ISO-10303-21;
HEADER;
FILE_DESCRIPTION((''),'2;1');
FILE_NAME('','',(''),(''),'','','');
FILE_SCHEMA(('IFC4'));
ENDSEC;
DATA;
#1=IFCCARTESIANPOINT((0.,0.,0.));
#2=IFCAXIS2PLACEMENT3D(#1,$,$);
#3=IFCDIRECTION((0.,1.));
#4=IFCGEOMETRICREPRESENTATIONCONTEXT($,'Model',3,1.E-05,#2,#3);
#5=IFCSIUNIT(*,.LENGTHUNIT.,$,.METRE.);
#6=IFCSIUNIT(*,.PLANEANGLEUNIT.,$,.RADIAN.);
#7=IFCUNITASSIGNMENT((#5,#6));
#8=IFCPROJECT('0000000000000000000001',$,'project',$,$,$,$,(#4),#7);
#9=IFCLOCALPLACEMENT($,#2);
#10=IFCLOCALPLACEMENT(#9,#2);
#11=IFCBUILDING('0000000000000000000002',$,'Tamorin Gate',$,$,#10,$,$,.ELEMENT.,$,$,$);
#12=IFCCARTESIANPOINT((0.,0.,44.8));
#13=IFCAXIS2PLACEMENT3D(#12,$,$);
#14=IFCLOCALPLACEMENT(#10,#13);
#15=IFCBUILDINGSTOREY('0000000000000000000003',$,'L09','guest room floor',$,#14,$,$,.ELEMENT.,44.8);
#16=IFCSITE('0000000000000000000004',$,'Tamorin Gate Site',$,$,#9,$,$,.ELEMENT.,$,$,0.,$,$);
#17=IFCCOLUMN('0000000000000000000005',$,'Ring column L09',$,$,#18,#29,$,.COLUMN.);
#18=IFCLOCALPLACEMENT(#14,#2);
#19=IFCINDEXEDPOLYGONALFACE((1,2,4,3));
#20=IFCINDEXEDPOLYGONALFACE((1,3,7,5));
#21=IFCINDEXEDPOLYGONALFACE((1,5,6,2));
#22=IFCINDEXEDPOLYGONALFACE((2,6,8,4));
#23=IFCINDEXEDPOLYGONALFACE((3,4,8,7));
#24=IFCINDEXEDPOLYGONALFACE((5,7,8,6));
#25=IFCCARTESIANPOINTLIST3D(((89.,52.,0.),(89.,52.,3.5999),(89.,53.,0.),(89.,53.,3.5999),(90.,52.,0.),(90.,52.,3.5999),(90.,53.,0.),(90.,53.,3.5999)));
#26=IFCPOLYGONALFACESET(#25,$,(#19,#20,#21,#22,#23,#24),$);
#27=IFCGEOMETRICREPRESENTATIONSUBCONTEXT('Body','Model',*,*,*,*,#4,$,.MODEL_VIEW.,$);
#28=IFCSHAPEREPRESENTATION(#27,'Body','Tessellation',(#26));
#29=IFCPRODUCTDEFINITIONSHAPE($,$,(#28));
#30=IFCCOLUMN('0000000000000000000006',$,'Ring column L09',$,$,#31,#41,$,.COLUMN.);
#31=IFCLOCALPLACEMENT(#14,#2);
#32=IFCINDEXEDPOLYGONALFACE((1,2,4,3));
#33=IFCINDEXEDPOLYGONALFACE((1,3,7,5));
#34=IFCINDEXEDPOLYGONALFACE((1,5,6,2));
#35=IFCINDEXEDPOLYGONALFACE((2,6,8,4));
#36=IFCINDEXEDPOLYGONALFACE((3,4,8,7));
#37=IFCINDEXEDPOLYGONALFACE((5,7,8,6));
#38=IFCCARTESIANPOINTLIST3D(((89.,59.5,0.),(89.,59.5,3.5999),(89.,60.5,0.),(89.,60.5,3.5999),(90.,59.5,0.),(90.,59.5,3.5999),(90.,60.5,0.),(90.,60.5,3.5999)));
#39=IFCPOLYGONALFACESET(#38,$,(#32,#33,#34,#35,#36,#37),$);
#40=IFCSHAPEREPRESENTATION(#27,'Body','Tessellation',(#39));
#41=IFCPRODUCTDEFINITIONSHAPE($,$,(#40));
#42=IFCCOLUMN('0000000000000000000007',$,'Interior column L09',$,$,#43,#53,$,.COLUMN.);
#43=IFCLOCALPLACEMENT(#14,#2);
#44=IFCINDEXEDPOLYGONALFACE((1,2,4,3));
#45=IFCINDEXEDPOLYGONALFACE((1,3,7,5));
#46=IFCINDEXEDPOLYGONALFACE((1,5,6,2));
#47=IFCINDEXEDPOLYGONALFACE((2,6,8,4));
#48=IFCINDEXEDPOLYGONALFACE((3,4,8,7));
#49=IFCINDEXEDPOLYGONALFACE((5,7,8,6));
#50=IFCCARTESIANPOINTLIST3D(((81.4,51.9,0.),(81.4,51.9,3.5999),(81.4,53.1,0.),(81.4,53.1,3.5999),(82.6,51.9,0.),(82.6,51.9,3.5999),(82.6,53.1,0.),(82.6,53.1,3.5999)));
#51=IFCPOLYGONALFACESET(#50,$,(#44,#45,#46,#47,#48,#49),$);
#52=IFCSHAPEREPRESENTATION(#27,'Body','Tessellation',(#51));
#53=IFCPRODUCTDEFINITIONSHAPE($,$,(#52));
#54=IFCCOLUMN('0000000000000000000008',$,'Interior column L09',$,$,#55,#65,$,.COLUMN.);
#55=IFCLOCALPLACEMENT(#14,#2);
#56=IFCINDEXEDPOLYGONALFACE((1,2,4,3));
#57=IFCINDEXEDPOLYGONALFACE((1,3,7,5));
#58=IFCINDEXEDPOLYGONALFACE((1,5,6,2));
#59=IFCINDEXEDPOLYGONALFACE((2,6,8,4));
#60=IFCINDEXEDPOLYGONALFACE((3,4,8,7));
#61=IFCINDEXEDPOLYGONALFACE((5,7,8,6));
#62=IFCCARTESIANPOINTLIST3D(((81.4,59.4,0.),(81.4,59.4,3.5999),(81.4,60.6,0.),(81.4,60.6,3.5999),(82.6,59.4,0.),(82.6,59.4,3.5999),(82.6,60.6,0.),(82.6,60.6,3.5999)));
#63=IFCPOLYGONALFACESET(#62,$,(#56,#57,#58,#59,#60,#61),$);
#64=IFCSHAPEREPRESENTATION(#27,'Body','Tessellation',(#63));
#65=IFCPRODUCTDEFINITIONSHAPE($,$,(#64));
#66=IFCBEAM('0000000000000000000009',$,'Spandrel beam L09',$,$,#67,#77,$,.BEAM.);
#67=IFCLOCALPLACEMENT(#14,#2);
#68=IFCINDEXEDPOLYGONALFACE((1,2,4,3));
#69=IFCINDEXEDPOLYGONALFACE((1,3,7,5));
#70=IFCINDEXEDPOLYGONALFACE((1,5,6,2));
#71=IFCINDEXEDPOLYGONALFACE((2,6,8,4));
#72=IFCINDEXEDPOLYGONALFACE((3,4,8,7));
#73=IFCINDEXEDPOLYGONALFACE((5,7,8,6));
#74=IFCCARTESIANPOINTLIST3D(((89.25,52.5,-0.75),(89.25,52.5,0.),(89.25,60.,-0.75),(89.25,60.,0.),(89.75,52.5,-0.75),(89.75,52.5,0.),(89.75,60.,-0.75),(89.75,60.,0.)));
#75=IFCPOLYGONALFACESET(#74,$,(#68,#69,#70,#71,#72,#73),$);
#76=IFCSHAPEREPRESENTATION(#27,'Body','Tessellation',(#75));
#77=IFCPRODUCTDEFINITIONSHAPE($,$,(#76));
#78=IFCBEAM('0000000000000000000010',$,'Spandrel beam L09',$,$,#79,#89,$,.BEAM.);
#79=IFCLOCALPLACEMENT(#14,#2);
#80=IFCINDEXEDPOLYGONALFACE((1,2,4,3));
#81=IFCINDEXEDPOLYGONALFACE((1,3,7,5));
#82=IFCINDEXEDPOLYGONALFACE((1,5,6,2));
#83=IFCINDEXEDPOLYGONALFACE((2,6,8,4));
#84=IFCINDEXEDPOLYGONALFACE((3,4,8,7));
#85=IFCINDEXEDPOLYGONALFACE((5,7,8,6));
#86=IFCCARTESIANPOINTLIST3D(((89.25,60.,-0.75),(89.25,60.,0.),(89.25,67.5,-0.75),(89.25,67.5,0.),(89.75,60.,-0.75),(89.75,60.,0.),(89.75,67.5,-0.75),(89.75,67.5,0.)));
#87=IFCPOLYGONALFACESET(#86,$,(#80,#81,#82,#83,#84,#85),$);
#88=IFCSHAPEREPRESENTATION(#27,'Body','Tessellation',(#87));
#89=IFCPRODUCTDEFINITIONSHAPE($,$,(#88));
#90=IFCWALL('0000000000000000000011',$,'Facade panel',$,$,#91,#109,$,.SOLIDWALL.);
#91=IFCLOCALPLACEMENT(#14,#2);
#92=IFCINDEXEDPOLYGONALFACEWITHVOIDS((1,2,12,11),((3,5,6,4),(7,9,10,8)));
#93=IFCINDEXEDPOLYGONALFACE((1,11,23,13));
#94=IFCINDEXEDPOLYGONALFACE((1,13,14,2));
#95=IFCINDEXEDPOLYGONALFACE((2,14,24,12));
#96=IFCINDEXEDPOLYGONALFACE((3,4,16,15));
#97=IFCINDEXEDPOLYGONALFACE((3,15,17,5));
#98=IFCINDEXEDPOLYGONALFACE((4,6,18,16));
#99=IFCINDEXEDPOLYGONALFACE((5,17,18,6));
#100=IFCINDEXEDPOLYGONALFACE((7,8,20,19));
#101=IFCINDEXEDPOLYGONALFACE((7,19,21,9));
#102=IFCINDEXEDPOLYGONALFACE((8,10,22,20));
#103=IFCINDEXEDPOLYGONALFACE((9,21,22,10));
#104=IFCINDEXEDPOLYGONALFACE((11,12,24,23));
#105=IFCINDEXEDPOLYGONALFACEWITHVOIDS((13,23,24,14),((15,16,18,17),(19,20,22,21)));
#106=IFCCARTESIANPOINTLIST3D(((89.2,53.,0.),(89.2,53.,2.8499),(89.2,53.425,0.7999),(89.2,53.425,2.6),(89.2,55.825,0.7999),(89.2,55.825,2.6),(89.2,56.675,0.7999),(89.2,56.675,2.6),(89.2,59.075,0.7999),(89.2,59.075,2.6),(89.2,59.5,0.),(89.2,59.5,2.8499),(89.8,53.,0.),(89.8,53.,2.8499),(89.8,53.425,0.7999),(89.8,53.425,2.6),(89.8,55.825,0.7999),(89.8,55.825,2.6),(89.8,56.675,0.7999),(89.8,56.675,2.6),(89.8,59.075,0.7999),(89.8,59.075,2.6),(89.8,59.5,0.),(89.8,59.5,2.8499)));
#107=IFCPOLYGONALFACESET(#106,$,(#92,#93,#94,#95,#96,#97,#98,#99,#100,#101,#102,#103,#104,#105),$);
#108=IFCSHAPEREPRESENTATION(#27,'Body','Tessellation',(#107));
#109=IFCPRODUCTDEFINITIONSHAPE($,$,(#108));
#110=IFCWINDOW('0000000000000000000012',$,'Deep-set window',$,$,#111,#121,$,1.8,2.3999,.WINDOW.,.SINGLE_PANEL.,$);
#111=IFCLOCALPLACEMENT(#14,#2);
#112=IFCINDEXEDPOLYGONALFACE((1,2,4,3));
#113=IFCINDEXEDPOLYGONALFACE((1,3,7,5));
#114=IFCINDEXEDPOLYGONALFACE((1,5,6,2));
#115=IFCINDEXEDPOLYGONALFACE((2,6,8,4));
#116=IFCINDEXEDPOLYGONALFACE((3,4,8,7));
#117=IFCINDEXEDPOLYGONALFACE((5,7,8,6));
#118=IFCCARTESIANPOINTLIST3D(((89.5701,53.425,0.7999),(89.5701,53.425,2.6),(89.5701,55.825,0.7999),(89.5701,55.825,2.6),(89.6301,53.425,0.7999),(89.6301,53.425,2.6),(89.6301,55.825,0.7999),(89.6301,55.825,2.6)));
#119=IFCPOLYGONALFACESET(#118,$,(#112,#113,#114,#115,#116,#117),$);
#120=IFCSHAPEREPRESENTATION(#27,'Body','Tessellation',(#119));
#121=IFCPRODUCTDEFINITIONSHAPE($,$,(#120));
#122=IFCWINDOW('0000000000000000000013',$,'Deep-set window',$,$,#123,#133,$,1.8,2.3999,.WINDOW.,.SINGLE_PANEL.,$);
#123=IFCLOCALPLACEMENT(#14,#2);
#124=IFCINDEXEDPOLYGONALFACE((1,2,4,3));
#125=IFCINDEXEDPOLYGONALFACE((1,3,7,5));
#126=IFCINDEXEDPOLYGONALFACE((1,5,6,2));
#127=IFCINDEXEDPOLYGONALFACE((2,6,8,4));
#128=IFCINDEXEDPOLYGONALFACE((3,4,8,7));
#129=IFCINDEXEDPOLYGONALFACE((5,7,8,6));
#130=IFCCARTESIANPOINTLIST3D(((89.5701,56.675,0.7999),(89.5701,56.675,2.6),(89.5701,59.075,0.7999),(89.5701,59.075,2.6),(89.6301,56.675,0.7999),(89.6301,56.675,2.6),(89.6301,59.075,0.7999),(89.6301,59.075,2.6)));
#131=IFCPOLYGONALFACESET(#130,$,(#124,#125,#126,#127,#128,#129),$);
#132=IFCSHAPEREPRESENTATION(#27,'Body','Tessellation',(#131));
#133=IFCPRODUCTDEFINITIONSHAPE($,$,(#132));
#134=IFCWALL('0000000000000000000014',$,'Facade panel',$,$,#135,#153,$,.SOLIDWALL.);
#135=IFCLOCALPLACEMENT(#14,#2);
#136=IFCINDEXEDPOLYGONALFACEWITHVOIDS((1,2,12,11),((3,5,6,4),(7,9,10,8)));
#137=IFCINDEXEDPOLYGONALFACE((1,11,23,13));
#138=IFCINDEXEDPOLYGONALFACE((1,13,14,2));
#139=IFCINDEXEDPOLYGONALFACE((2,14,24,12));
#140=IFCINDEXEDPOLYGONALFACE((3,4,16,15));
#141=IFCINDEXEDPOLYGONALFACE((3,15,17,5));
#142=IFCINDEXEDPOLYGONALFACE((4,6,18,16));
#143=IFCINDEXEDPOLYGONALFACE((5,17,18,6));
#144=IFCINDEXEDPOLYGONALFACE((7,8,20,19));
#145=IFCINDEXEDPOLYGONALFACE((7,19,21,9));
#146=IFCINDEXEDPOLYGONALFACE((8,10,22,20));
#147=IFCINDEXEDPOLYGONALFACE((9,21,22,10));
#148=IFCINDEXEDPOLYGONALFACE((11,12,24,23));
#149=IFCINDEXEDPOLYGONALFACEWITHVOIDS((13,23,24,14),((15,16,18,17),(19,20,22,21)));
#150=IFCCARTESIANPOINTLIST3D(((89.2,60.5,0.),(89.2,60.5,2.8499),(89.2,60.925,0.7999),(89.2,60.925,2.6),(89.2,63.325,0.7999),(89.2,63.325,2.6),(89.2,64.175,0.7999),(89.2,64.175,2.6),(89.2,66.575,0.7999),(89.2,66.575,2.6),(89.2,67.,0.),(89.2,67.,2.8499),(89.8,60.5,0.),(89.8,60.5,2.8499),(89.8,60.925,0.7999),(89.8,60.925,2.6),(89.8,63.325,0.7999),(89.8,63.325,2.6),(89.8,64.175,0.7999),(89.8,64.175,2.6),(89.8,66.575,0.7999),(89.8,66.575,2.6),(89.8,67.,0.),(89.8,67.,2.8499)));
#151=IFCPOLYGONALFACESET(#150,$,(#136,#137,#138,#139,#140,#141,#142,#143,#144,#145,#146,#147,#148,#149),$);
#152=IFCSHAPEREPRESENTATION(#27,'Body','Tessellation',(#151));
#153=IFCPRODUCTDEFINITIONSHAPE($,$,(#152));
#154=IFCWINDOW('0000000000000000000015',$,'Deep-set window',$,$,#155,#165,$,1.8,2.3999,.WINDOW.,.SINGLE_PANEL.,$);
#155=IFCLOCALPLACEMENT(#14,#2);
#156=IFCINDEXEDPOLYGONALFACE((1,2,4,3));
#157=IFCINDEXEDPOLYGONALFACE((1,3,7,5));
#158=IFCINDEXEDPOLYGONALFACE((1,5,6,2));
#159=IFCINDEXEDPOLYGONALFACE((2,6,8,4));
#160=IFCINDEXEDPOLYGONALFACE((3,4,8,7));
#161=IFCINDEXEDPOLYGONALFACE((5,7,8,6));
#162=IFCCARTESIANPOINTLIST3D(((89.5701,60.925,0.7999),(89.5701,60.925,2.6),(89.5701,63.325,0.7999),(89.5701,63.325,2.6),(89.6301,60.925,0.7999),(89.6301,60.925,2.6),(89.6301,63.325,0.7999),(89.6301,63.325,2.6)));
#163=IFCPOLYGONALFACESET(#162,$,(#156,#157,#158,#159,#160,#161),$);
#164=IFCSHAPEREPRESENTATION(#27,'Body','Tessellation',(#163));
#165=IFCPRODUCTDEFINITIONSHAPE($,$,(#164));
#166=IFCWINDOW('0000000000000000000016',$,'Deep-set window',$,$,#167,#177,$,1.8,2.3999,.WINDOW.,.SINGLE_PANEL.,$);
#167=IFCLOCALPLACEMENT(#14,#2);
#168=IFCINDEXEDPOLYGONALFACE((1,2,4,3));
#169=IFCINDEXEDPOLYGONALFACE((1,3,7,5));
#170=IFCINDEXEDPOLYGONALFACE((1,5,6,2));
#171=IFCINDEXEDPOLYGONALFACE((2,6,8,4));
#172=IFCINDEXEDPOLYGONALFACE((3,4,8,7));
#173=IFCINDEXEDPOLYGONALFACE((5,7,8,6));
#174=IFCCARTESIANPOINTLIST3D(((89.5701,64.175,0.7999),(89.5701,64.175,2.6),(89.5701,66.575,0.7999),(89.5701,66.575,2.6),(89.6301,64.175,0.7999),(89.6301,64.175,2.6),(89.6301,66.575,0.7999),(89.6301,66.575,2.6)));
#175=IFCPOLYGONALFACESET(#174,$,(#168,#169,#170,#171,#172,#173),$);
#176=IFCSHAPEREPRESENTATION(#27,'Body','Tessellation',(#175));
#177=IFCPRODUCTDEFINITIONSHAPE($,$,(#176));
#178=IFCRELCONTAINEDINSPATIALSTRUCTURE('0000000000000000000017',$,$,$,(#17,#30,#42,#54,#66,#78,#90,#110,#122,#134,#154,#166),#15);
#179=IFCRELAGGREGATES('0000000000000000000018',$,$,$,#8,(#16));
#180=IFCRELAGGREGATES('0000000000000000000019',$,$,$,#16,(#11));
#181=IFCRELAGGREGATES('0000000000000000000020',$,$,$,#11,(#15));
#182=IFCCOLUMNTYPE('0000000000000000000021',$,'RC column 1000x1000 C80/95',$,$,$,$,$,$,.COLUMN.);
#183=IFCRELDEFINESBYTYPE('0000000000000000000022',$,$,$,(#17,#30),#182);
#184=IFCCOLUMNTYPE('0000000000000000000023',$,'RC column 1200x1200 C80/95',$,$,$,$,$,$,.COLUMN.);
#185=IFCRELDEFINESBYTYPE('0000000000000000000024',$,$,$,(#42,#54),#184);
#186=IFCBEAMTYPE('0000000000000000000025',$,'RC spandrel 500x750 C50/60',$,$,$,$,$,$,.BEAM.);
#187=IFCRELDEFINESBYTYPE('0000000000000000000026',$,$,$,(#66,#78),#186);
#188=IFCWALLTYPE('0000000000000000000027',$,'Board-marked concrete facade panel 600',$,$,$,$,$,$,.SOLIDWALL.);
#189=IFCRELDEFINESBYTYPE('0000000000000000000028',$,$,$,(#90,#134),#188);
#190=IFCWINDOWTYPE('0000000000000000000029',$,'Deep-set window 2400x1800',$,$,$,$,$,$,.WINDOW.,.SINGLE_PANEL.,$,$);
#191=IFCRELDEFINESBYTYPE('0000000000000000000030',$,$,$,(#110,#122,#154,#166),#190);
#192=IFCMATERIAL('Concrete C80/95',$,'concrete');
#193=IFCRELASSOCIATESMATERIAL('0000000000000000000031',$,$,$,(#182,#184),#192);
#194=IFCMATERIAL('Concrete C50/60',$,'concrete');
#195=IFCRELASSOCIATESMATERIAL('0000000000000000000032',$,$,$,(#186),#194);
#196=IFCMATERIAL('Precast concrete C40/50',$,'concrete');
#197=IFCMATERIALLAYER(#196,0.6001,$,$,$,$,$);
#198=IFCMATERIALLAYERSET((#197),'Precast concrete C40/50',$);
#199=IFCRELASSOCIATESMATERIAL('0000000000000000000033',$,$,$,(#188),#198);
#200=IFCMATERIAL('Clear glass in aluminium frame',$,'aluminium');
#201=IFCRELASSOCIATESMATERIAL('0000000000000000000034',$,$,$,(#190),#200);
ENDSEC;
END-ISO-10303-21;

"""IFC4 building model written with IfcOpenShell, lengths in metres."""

from ifc_helpers import new_model, si_unit, direction, frame, frame_2d, origin, origin_2d, place, context, subcontext, project, spatial, rectangle, extrude, material, layer, layer_set, material_profile, profile_set, type_object, element, fill, save


model = new_model("IFC4")

# Units and contexts
model_context = context("Model", 3, precision=1e-05, world=origin(), true_north=direction((0.0, 1.0)))
body_context = subcontext(model_context, "Body", "Model", "MODEL_VIEW")
ifc_project = project(units=[si_unit("LENGTHUNIT", "METRE"), si_unit("PLANEANGLEUNIT", "RADIAN")], contexts=[model_context])

# Site, building, storey
site_placement = place(None, origin())
site = spatial("IfcSite", under=ifc_project, at=site_placement, Name="Tamorin Gate Site", CompositionType="ELEMENT", RefElevation=0.0)
building_placement = place(site_placement, origin())
building = spatial("IfcBuilding", under=site, at=building_placement, Name="Tamorin Gate", CompositionType="ELEMENT")
storey_placement = place(building_placement, frame((0.0, 0.0, 44.8)))
storey = spatial("IfcBuildingStorey", under=building, at=storey_placement, Name="L09", Description="guest room floor", CompositionType="ELEMENT", Elevation=44.8)

# Columns
ifc_material_1 = material(Name="Concrete C80/95", Category="concrete")
ifc_material_profile_1 = material_profile(ifc_material_1, rectangle(XDim=1.0, YDim=1.0, at=origin_2d()), Name="RC 1000x1000")
ifc_profile_set_1 = profile_set([ifc_material_profile_1], Name="Concrete C80/95")
column_type_1 = type_object("IfcColumnType", Name="RC column 1000x1000 C80/95", PredefinedType="COLUMN", material=ifc_profile_set_1)
for number, where, z_axis, x_axis, name in (
    (1, (89.5, 52.5, 0.0), (0.0, 0.0, 1.0), (1.0, 0.0, 0.0), "Ring column L09"),
    (2, (89.5, 60.0, 0.0), (0.0, 0.0, 1.0), (1.0, 0.0, 0.0), "Ring column L09"),
):
    element("IfcColumn", number, at=place(storey_placement, frame(where, z_axis=z_axis, x_axis=x_axis)), inside=storey, type_object=column_type_1, Name=name, PredefinedType="COLUMN", context=body_context, shape_type="SweptSolid", body=[
        extrude(rectangle(XDim=1.0, YDim=1.0, at=origin_2d()), origin(), (0.0, 0.0, 1.0), 3.5999),
    ])
ifc_material_profile_2 = material_profile(ifc_material_1, rectangle(XDim=1.2, YDim=1.2, at=origin_2d()), Name="RC 1200x1200")
ifc_profile_set_2 = profile_set([ifc_material_profile_2], Name="Concrete C80/95")
column_type_2 = type_object("IfcColumnType", Name="RC column 1200x1200 C80/95", PredefinedType="COLUMN", material=ifc_profile_set_2)
for number, where, z_axis, x_axis, name in (
    (3, (82.0, 52.5, 0.0), (0.0, 0.0, 1.0), (1.0, 0.0, 0.0), "Interior column L09"),
    (4, (82.0, 60.0, 0.0), (0.0, 0.0, 1.0), (1.0, 0.0, 0.0), "Interior column L09"),
):
    element("IfcColumn", number, at=place(storey_placement, frame(where, z_axis=z_axis, x_axis=x_axis)), inside=storey, type_object=column_type_2, Name=name, PredefinedType="COLUMN", context=body_context, shape_type="SweptSolid", body=[
        extrude(rectangle(XDim=1.2, YDim=1.2, at=origin_2d()), origin(), (0.0, 0.0, 1.0), 3.5999),
    ])

# Beams
ifc_material_2 = material(Name="Concrete C50/60", Category="concrete")
ifc_material_profile_3 = material_profile(ifc_material_2, rectangle(XDim=0.5, YDim=0.75, at=origin_2d()), Name="RC 500x750")
ifc_profile_set_3 = profile_set([ifc_material_profile_3], Name="Concrete C50/60")
beam_type = type_object("IfcBeamType", Name="RC spandrel 500x750 C50/60", PredefinedType="BEAM", material=ifc_profile_set_3)
for number, where, z_axis, x_axis, name in (
    (5, (89.5, 52.5, -0.375), (0.0, 1.0, 0.0), (-1.0, 0.0, 0.0), "Spandrel beam L09"),
    (6, (89.5, 60.0, -0.375), (0.0, 1.0, 0.0), (-1.0, 0.0, 0.0), "Spandrel beam L09"),
):
    element("IfcBeam", number, at=place(storey_placement, frame(where, z_axis=z_axis, x_axis=x_axis)), inside=storey, type_object=beam_type, Name=name, PredefinedType="BEAM", context=body_context, shape_type="SweptSolid", body=[
        extrude(rectangle(XDim=0.5, YDim=0.75, at=origin_2d()), origin(), (0.0, 0.0, 1.0), 7.5),
    ])

# Walls, openings, windows
ifc_material_3 = material(Name="Precast concrete C40/50", Category="concrete")
ifc_layer_1 = layer(ifc_material_3, 0.6001)
ifc_layer_set_1 = layer_set([ifc_layer_1], Name="Precast concrete C40/50")
wall_type_1 = type_object("IfcWallType", Name="Board-marked concrete facade panel 600", PredefinedType="SOLIDWALL", material=ifc_layer_set_1)
wall_1_placement = place(storey_placement, frame((89.5, 53.0, 0.0), z_axis=(0.0, 0.0, 1.0), x_axis=(0.0, 1.0, 0.0)))
wall_1 = element("IfcWall", 7, at=wall_1_placement, inside=storey, type_object=wall_type_1, Name="Facade panel", PredefinedType="SOLIDWALL", context=body_context, shape_type="SweptSolid", body=[
    extrude(rectangle(XDim=6.5, YDim=0.6001, at=frame_2d((3.25, 0.0))), origin(), (0.0, 0.0, 1.0), 2.8499),
])
opening_1_placement = place(wall_1_placement, frame((0.425, 0.0, 0.8)))
opening_1 = element("IfcOpeningElement", 8, at=opening_1_placement, cuts=wall_1, PredefinedType="OPENING", context=body_context, shape_type="SweptSolid", body=[
    extrude(rectangle(XDim=2.3999, YDim=1.8, at=frame_2d((1.2, 0.8999))), frame((0.0, 0.3101, 0.0), z_axis=(0.0, -1.0, 0.0), x_axis=(1.0, 0.0, 0.0)), (0.0, 0.0, 1.0), 0.6201),
])
opening_2_placement = place(wall_1_placement, frame((3.675, 0.0, 0.8)))
opening_2 = element("IfcOpeningElement", 9, at=opening_2_placement, cuts=wall_1, PredefinedType="OPENING", context=body_context, shape_type="SweptSolid", body=[
    extrude(rectangle(XDim=2.3999, YDim=1.8, at=frame_2d((1.2, 0.8999))), frame((0.0, 0.3101, 0.0), z_axis=(0.0, -1.0, 0.0), x_axis=(1.0, 0.0, 0.0)), (0.0, 0.0, 1.0), 0.6201),
])
ifc_material_4 = material(Name="Clear glass in aluminium frame", Category="aluminium")
window_type = type_object("IfcWindowType", Name="Deep-set window 2400x1800", PartitioningType="SINGLE_PANEL", PredefinedType="WINDOW", material=ifc_material_4)
window_1_placement = place(opening_1_placement, origin())
window_1 = element("IfcWindow", 10, at=window_1_placement, inside=storey, type_object=window_type, Name="Deep-set window", OverallHeight=1.8, OverallWidth=2.3999, PartitioningType="SINGLE_PANEL", PredefinedType="WINDOW", context=body_context, shape_type="SweptSolid", body=[
    extrude(rectangle(XDim=2.3999, YDim=1.8, at=frame_2d((1.2, 0.8999))), frame((0.0, -0.0701, 0.0), z_axis=(0.0, -1.0, 0.0), x_axis=(1.0, 0.0, 0.0)), (0.0, 0.0, 1.0), 0.0601),
])
fill(opening_1, window_1)
window_2_placement = place(opening_2_placement, origin())
window_2 = element("IfcWindow", 11, at=window_2_placement, inside=storey, type_object=window_type, Name="Deep-set window", OverallHeight=1.8, OverallWidth=2.3999, PartitioningType="SINGLE_PANEL", PredefinedType="WINDOW", context=body_context, shape_type="SweptSolid", body=[
    extrude(rectangle(XDim=2.3999, YDim=1.8, at=frame_2d((1.2, 0.8999))), frame((0.0, -0.0701, 0.0), z_axis=(0.0, -1.0, 0.0), x_axis=(1.0, 0.0, 0.0)), (0.0, 0.0, 1.0), 0.0601),
])
fill(opening_2, window_2)
wall_2_placement = place(storey_placement, frame((89.5, 60.5, 0.0), z_axis=(0.0, 0.0, 1.0), x_axis=(0.0, 1.0, 0.0)))
wall_2 = element("IfcWall", 12, at=wall_2_placement, inside=storey, type_object=wall_type_1, Name="Facade panel", PredefinedType="SOLIDWALL", context=body_context, shape_type="SweptSolid", body=[
    extrude(rectangle(XDim=6.5, YDim=0.6001, at=frame_2d((3.25, 0.0))), origin(), (0.0, 0.0, 1.0), 2.8499),
])
opening_3_placement = place(wall_2_placement, frame((0.425, 0.0, 0.8)))
opening_3 = element("IfcOpeningElement", 13, at=opening_3_placement, cuts=wall_2, PredefinedType="OPENING", context=body_context, shape_type="SweptSolid", body=[
    extrude(rectangle(XDim=2.3999, YDim=1.8, at=frame_2d((1.2, 0.8999))), frame((0.0, 0.3101, 0.0), z_axis=(0.0, -1.0, 0.0), x_axis=(1.0, 0.0, 0.0)), (0.0, 0.0, 1.0), 0.6201),
])
opening_4_placement = place(wall_2_placement, frame((3.675, 0.0, 0.8)))
opening_4 = element("IfcOpeningElement", 14, at=opening_4_placement, cuts=wall_2, PredefinedType="OPENING", context=body_context, shape_type="SweptSolid", body=[
    extrude(rectangle(XDim=2.3999, YDim=1.8, at=frame_2d((1.2, 0.8999))), frame((0.0, 0.3101, 0.0), z_axis=(0.0, -1.0, 0.0), x_axis=(1.0, 0.0, 0.0)), (0.0, 0.0, 1.0), 0.6201),
])
window_3_placement = place(opening_3_placement, origin())
window_3 = element("IfcWindow", 15, at=window_3_placement, inside=storey, type_object=window_type, Name="Deep-set window", OverallHeight=1.8, OverallWidth=2.3999, PartitioningType="SINGLE_PANEL", PredefinedType="WINDOW", context=body_context, shape_type="SweptSolid", body=[
    extrude(rectangle(XDim=2.3999, YDim=1.8, at=frame_2d((1.2, 0.8999))), frame((0.0, -0.0701, 0.0), z_axis=(0.0, -1.0, 0.0), x_axis=(1.0, 0.0, 0.0)), (0.0, 0.0, 1.0), 0.0601),
])
fill(opening_3, window_3)
window_4_placement = place(opening_4_placement, origin())
window_4 = element("IfcWindow", 16, at=window_4_placement, inside=storey, type_object=window_type, Name="Deep-set window", OverallHeight=1.8, OverallWidth=2.3999, PartitioningType="SINGLE_PANEL", PredefinedType="WINDOW", context=body_context, shape_type="SweptSolid", body=[
    extrude(rectangle(XDim=2.3999, YDim=1.8, at=frame_2d((1.2, 0.8999))), frame((0.0, -0.0701, 0.0), z_axis=(0.0, -1.0, 0.0), x_axis=(1.0, 0.0, 0.0)), (0.0, 0.0, 1.0), 0.0601),
])
fill(opening_4, window_4)

save(model, "model.ifc")
